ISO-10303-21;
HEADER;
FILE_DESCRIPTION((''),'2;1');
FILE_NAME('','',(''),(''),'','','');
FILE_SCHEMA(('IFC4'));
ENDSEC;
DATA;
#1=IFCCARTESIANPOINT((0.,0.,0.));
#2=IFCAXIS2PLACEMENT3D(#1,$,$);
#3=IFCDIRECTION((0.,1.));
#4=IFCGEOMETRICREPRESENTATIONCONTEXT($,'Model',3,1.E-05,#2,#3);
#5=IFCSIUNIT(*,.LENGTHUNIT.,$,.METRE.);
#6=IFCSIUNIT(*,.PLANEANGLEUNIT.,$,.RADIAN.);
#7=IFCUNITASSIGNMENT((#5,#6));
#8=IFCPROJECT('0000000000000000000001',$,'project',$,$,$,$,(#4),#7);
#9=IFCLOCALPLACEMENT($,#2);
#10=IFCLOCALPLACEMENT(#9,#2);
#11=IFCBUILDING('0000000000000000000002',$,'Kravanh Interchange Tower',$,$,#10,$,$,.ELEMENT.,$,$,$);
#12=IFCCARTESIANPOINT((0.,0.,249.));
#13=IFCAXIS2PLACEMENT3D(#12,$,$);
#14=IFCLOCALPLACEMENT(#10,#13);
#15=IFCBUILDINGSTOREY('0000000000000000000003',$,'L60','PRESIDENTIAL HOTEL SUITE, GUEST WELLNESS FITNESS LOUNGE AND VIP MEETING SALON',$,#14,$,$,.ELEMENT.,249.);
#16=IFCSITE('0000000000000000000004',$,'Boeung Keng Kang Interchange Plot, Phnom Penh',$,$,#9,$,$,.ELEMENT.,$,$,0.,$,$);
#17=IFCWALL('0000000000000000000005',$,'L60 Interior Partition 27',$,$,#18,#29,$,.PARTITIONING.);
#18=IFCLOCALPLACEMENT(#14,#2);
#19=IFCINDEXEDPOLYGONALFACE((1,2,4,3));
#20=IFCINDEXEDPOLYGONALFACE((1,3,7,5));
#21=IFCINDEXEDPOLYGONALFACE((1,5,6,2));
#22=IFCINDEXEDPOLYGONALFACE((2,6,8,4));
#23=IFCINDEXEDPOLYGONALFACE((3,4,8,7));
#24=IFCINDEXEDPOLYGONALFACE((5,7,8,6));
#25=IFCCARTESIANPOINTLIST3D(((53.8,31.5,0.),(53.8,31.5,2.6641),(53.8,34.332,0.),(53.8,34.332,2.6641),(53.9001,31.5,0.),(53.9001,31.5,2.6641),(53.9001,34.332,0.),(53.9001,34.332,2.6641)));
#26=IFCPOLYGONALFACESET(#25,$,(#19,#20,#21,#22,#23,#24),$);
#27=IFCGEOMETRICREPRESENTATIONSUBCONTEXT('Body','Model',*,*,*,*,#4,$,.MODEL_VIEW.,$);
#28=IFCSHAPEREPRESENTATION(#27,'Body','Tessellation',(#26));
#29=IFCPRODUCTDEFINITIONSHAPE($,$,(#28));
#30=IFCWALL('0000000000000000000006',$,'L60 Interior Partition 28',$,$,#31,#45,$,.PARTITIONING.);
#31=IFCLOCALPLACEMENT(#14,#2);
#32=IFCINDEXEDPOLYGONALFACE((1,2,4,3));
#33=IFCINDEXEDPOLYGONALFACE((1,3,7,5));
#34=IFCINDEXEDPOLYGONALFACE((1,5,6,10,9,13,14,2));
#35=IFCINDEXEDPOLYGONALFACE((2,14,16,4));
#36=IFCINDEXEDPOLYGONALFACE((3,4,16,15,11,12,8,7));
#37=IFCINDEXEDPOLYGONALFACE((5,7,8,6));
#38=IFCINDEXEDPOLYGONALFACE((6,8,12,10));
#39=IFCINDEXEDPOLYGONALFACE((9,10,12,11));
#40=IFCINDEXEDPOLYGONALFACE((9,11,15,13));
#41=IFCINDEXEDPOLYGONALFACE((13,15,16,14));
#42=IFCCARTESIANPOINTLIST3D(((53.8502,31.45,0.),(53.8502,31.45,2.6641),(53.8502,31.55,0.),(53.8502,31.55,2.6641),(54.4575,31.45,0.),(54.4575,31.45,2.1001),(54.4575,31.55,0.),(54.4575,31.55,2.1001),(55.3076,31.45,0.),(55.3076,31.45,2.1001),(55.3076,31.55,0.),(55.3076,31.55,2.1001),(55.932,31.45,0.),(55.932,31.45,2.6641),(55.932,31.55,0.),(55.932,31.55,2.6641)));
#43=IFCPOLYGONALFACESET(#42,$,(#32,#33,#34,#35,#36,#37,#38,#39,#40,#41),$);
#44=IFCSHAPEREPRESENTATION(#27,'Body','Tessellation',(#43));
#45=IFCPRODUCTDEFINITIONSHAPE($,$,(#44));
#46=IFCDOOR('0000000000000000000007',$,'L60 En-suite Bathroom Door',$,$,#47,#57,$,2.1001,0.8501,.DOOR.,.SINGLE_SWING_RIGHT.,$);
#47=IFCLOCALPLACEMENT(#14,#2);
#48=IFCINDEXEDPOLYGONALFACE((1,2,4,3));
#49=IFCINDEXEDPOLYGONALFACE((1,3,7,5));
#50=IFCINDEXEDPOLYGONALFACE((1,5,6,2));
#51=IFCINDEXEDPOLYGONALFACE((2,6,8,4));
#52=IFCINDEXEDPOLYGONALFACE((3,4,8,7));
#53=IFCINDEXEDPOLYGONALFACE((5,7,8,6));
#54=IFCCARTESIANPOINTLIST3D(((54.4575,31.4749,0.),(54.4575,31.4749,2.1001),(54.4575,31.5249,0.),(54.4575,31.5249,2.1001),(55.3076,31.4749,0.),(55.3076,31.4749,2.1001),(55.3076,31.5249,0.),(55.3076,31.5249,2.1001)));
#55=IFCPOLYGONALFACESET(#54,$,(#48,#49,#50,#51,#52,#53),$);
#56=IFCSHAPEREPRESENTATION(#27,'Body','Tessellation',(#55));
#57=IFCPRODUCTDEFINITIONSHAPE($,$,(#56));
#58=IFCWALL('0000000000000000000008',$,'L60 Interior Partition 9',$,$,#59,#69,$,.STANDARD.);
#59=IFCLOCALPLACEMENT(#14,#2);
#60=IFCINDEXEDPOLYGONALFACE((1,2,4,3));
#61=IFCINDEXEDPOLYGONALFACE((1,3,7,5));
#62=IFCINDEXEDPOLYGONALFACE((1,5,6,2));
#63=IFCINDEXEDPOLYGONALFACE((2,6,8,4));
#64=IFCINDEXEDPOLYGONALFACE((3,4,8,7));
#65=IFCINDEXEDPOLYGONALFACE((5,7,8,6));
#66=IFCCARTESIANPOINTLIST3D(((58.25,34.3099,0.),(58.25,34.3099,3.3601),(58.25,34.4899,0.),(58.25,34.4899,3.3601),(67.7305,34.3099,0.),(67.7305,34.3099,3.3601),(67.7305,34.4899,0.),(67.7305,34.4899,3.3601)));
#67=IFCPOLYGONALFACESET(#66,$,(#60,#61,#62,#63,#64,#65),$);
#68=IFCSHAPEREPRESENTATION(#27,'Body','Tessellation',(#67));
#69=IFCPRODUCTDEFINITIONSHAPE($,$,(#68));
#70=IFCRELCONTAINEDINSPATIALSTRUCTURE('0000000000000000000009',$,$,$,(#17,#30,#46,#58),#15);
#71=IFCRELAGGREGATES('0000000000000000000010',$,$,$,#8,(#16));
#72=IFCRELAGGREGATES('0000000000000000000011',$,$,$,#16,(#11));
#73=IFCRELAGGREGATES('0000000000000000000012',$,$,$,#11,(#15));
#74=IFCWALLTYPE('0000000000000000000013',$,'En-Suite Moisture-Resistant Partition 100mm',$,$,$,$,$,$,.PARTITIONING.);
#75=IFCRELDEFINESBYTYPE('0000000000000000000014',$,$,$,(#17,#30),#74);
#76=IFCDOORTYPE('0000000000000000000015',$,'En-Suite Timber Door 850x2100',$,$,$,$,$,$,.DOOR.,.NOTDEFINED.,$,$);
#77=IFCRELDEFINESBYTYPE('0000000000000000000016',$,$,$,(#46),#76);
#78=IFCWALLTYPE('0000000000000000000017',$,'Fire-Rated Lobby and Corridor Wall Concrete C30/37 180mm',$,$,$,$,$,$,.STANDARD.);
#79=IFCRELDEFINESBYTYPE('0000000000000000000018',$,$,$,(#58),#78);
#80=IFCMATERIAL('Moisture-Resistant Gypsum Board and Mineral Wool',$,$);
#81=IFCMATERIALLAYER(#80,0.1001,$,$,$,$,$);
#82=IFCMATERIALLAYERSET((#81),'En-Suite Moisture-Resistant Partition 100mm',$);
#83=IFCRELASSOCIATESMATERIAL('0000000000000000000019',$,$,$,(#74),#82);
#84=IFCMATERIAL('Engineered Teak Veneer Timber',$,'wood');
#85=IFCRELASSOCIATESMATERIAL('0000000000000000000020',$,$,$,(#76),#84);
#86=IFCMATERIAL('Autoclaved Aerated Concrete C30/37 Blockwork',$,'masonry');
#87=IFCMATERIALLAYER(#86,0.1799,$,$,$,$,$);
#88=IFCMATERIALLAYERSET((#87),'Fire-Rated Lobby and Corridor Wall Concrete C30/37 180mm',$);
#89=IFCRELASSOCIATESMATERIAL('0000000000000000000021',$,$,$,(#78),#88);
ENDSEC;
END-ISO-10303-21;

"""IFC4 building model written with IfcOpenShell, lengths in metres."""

from ifc_helpers import new_model, si_unit, direction, frame, frame_2d, origin, place, context, subcontext, project, spatial, rectangle, extrude, material, layer, layer_set, type_object, element, fill, save


model = new_model("IFC4")

# Units and contexts
model_context = context("Model", 3, precision=1e-05, world=origin(), true_north=direction((0.0, 1.0)))
body_context = subcontext(model_context, "Body", "Model", "MODEL_VIEW")
ifc_project = project(units=[si_unit("LENGTHUNIT", "METRE"), si_unit("PLANEANGLEUNIT", "RADIAN")], contexts=[model_context])

# Site, building, storey
site_placement = place(None, origin())
site = spatial("IfcSite", under=ifc_project, at=site_placement, Name="Boeung Keng Kang Interchange Plot, Phnom Penh", CompositionType="ELEMENT", RefElevation=0.0)
building_placement = place(site_placement, origin())
building = spatial("IfcBuilding", under=site, at=building_placement, Name="Kravanh Interchange Tower", CompositionType="ELEMENT")
storey_placement = place(building_placement, frame((0.0, 0.0, 249.0)))
storey = spatial("IfcBuildingStorey", under=building, at=storey_placement, Name="L60", Description="PRESIDENTIAL HOTEL SUITE, GUEST WELLNESS FITNESS LOUNGE AND VIP MEETING SALON", CompositionType="ELEMENT", Elevation=249.0)

# Wall
ifc_material_1 = material(Name="Moisture-Resistant Gypsum Board and Mineral Wool")
ifc_layer_1 = layer(ifc_material_1, 0.1001)
ifc_layer_set_1 = layer_set([ifc_layer_1], Name="En-Suite Moisture-Resistant Partition 100mm")
wall_type_1 = type_object("IfcWallType", Name="En-Suite Moisture-Resistant Partition 100mm", PredefinedType="PARTITIONING", material=ifc_layer_set_1)
wall_1_placement = place(storey_placement, frame((53.8501, 31.5, 0.0), z_axis=(0.0, 0.0, 1.0), x_axis=(0.0, 1.0, 0.0)))
element("IfcWall", 1, at=wall_1_placement, inside=storey, type_object=wall_type_1, Name="L60 Interior Partition 27", PredefinedType="PARTITIONING", context=body_context, shape_type="SweptSolid", body=[
    extrude(rectangle(XDim=2.832, YDim=0.1001, at=frame_2d((1.416, 0.0))), origin(), (0.0, 0.0, 1.0), 2.6641),
])

# Wall, opening, door
wall_2_placement = place(storey_placement, frame((53.8501, 31.5, 0.0), z_axis=(0.0, 0.0, 1.0), x_axis=(1.0, 0.0, 0.0)))
wall_2 = element("IfcWall", 2, at=wall_2_placement, inside=storey, type_object=wall_type_1, Name="L60 Interior Partition 28", PredefinedType="PARTITIONING", context=body_context, shape_type="SweptSolid", body=[
    extrude(rectangle(XDim=2.0818, YDim=0.1001, at=frame_2d((1.041, 0.0))), origin(), (0.0, 0.0, 1.0), 2.6641),
])
opening_1_placement = place(wall_2_placement, frame((0.6074, 0.0, 0.0)))
opening_1 = element("IfcOpeningElement", 3, at=opening_1_placement, cuts=wall_2, PredefinedType="OPENING", context=body_context, shape_type="SweptSolid", body=[
    extrude(rectangle(XDim=0.8501, YDim=2.1001, at=frame_2d((0.425, 1.05))), frame((0.0, 0.0601, 0.0), z_axis=(0.0, -1.0, 0.0), x_axis=(1.0, 0.0, 0.0)), (0.0, 0.0, 1.0), 0.1201),
])
ifc_material_2 = material(Name="Engineered Teak Veneer Timber", Category="wood")
door_type_1 = type_object("IfcDoorType", Name="En-Suite Timber Door 850x2100", OperationType="NOTDEFINED", PredefinedType="DOOR", material=ifc_material_2)
door_1_placement = place(opening_1_placement, origin())
door_1 = element("IfcDoor", 4, at=door_1_placement, inside=storey, type_object=door_type_1, Name="L60 En-suite Bathroom Door", OperationType="SINGLE_SWING_RIGHT", OverallHeight=2.1001, OverallWidth=0.8501, PredefinedType="DOOR", context=body_context, shape_type="SweptSolid", body=[
    extrude(rectangle(XDim=0.8501, YDim=2.1001, at=frame_2d((0.425, 1.05))), frame((0.0, 0.0249, 0.0), z_axis=(0.0, -1.0, 0.0), x_axis=(1.0, 0.0, 0.0)), (0.0, 0.0, 1.0), 0.05),
])
fill(opening_1, door_1)

# Wall
ifc_material_3 = material(Name="Autoclaved Aerated Concrete C30/37 Blockwork", Category="masonry")
ifc_layer_2 = layer(ifc_material_3, 0.1799)
ifc_layer_set_2 = layer_set([ifc_layer_2], Name="Fire-Rated Lobby and Corridor Wall Concrete C30/37 180mm")
wall_type_2 = type_object("IfcWallType", Name="Fire-Rated Lobby and Corridor Wall Concrete C30/37 180mm", PredefinedType="STANDARD", material=ifc_layer_set_2)
wall_3_placement = place(storey_placement, frame((58.25, 34.3999, 0.0), z_axis=(0.0, 0.0, 1.0), x_axis=(1.0, 0.0, 0.0)))
element("IfcWall", 5, at=wall_3_placement, inside=storey, type_object=wall_type_2, Name="L60 Interior Partition 9", PredefinedType="STANDARD", context=body_context, shape_type="SweptSolid", body=[
    extrude(rectangle(XDim=9.4805, YDim=0.1799, at=frame_2d((4.7402, 0.0))), origin(), (0.0, 0.0, 1.0), 3.3601),
])

save(model, "model.ifc")
